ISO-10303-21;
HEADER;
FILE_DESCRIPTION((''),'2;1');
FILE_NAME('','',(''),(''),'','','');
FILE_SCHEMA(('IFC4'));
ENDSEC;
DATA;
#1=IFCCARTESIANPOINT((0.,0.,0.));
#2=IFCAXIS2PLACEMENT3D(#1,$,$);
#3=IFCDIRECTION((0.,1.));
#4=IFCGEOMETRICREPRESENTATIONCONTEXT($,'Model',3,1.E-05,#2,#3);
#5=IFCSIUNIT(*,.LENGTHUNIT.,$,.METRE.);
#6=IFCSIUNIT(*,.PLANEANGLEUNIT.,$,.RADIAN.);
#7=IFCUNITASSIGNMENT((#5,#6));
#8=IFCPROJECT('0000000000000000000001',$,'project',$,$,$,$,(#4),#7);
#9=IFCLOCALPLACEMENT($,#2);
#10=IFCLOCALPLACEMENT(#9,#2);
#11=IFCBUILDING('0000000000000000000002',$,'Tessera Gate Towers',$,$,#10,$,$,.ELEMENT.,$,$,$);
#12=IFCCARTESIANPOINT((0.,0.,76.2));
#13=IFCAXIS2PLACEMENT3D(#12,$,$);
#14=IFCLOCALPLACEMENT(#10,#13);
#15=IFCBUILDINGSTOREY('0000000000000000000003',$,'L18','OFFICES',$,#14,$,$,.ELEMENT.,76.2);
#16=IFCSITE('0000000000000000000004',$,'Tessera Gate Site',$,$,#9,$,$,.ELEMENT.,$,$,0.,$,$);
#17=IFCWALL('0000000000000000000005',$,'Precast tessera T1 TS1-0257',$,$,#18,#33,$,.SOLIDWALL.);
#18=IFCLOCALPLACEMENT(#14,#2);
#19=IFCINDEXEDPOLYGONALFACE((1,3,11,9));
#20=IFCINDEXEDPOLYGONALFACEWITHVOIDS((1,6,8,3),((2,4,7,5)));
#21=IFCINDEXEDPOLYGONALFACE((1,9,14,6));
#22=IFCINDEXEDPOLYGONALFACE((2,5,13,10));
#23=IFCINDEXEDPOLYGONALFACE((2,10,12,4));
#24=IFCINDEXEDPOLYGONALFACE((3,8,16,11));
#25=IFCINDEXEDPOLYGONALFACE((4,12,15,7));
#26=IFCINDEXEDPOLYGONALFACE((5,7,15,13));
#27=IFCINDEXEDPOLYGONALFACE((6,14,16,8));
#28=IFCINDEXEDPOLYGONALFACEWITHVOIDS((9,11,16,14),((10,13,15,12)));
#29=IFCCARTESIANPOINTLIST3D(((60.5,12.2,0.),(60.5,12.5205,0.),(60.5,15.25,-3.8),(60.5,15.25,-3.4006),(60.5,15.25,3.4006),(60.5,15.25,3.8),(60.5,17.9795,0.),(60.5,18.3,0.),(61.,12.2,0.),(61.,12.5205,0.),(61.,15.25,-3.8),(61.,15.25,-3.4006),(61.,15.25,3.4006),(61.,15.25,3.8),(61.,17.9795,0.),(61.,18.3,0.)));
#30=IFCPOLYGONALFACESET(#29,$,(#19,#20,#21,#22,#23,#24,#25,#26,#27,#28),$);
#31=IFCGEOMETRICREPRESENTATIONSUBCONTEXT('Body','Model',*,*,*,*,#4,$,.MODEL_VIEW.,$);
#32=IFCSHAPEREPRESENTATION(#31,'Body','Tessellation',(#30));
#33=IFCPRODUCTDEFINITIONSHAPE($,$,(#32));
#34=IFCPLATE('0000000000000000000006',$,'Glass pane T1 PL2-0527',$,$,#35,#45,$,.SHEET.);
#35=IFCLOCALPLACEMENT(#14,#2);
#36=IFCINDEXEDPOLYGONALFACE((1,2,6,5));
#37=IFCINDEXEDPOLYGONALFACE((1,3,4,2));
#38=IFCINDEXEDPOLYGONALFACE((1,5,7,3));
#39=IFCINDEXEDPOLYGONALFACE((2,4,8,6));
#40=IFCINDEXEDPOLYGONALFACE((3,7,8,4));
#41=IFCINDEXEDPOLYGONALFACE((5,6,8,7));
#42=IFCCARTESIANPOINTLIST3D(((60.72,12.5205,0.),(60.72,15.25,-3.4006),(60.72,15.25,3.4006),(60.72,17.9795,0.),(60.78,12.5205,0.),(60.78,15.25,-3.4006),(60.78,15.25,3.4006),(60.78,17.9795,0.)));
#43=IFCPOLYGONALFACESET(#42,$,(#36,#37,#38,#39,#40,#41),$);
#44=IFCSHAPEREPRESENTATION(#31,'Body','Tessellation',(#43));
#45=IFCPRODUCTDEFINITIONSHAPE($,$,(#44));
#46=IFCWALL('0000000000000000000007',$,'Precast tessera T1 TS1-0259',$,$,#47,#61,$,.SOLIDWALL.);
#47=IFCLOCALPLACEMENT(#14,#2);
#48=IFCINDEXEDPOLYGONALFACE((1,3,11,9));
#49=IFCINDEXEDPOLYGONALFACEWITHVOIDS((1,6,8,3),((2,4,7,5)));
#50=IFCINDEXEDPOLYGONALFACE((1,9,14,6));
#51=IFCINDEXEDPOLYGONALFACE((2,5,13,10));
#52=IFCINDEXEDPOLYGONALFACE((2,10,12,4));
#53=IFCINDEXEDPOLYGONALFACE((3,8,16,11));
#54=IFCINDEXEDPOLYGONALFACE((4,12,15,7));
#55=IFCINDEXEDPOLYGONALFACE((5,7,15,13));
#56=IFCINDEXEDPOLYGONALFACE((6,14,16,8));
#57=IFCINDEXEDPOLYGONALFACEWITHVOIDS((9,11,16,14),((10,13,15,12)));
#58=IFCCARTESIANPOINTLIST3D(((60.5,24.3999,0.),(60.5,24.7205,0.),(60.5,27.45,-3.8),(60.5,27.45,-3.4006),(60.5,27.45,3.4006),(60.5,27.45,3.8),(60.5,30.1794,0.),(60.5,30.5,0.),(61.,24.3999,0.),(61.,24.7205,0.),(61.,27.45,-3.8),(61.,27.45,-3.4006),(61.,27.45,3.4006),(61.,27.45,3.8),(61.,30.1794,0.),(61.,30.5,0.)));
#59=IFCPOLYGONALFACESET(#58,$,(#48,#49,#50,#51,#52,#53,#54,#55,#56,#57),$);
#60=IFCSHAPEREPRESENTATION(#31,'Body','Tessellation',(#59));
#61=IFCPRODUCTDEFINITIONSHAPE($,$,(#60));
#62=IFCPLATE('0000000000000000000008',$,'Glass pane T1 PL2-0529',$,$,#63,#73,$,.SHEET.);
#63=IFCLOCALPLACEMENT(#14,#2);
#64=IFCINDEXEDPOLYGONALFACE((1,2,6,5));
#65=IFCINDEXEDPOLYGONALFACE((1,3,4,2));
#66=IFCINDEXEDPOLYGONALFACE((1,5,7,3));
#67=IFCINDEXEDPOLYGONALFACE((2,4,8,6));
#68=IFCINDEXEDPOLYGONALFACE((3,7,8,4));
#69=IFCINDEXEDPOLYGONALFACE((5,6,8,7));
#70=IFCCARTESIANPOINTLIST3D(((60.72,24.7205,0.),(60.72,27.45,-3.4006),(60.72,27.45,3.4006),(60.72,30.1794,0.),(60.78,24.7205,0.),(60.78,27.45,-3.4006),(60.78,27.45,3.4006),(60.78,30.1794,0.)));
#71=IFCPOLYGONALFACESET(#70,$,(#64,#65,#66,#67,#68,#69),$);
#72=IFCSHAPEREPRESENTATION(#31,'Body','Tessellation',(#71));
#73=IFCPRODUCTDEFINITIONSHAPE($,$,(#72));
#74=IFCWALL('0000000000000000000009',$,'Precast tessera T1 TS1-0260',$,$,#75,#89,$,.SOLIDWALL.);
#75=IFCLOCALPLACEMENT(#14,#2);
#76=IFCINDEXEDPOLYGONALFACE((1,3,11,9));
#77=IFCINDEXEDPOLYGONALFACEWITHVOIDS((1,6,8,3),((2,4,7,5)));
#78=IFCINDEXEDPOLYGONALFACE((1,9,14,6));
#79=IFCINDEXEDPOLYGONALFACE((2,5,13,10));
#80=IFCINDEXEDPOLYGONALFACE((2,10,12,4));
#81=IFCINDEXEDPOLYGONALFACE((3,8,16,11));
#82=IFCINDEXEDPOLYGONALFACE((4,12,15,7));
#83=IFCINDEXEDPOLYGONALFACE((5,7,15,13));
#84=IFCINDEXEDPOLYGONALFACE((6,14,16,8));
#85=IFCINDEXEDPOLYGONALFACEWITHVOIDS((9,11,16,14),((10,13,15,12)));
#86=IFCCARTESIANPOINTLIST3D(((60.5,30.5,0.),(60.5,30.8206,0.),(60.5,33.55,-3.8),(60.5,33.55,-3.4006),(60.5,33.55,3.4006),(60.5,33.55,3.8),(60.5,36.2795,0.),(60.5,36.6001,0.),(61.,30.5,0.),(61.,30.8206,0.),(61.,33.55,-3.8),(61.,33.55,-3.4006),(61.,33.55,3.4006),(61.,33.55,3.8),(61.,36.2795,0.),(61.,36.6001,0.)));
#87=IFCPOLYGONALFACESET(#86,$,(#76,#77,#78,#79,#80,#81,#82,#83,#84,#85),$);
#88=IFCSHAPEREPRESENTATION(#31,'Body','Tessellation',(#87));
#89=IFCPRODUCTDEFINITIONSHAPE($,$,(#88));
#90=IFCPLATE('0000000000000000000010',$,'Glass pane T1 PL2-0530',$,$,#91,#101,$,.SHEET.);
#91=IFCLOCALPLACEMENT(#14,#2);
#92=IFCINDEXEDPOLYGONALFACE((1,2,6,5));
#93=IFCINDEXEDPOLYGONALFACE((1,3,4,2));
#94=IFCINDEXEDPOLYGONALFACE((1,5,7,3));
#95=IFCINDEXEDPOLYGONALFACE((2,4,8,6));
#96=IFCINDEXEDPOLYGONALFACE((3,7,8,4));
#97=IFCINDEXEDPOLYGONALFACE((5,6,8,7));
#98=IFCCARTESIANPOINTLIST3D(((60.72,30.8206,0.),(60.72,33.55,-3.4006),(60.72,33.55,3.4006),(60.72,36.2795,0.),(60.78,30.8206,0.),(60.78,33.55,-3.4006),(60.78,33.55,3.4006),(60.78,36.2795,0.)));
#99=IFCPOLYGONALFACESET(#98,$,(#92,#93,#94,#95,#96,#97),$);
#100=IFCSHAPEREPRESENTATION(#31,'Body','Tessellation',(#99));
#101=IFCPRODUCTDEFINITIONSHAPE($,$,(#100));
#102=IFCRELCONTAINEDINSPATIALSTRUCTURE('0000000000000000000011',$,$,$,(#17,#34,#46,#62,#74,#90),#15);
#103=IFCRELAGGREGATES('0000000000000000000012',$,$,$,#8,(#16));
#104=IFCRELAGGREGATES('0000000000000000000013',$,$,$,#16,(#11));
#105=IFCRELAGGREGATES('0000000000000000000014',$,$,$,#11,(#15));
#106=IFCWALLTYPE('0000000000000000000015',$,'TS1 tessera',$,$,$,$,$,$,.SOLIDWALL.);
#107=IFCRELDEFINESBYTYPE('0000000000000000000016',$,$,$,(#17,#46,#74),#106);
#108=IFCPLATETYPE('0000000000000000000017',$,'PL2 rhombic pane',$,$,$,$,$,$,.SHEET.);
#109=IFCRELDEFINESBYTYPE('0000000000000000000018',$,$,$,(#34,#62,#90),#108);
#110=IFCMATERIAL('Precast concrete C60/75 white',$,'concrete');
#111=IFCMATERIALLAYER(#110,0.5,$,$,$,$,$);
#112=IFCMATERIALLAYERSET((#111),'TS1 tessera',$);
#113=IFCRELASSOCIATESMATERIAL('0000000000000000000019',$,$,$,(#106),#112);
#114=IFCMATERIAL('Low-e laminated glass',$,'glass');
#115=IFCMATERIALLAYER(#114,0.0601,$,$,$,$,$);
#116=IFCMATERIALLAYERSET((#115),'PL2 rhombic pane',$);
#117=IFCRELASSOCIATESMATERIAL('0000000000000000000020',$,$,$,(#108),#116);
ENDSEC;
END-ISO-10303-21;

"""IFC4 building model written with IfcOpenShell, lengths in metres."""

from ifc_helpers import new_model, si_unit, direction, frame, origin, place, context, subcontext, project, spatial, polyline, outline, extrude, source, transform, mapped, material, layer, layer_set, type_object, element, fill, save


model = new_model("IFC4")

# Units and contexts
model_context = context("Model", 3, precision=1e-05, world=origin(), true_north=direction((0.0, 1.0)))
body_context = subcontext(model_context, "Body", "Model", "MODEL_VIEW")
ifc_project = project(units=[si_unit("LENGTHUNIT", "METRE"), si_unit("PLANEANGLEUNIT", "RADIAN")], contexts=[model_context])

# Site, building, storey
site_placement = place(None, origin())
site = spatial("IfcSite", under=ifc_project, at=site_placement, Name="Tessera Gate Site", CompositionType="ELEMENT", RefElevation=0.0)
building_placement = place(site_placement, origin())
building = spatial("IfcBuilding", under=site, at=building_placement, Name="Tessera Gate Towers", CompositionType="ELEMENT")
storey_placement = place(building_placement, frame((0.0, 0.0, 76.2)))
storey = spatial("IfcBuildingStorey", under=building, at=storey_placement, Name="L18", Description="OFFICES", CompositionType="ELEMENT", Elevation=76.2)

# Walls, openings, plates
ifc_material_1 = material(Name="Precast concrete C60/75 white", Category="concrete")
ifc_layer_1 = layer(ifc_material_1, 0.5)
ifc_layer_set_1 = layer_set([ifc_layer_1], Name="TS1 tessera")
wall_type_1 = type_object("IfcWallType", Name="TS1 tessera", PredefinedType="SOLIDWALL", material=ifc_layer_set_1)
shared_shape_1 = source(origin(), body_context, "Body", "SweptSolid", [
    extrude(outline(polyline([(3.05, 0.0), (6.1001, 3.8), (3.05, 7.6001), (0.0, 3.8), (3.05, 0.0)])), frame((0.0, 0.25, 0.0), z_axis=(0.0, -1.0, 0.0), x_axis=(1.0, 0.0, 0.0)), (0.0, 0.0, 1.0), 0.5),
])
wall_1_placement = place(storey_placement, frame((60.75, 12.2, -3.8), z_axis=(0.0, 0.0, 1.0), x_axis=(0.0, 1.0, 0.0)))
wall_1 = element("IfcWall", 1, at=wall_1_placement, inside=storey, type_object=wall_type_1, Name="Precast tessera T1 TS1-0257", PredefinedType="SOLIDWALL", context=body_context, shape_type="MappedRepresentation", body=[
    mapped(shared_shape_1, transform((0.0, 0.0, 0.0), scale=1.0)),
])
shared_shape_2 = source(origin(), body_context, "Body", "SweptSolid", [
    extrude(outline(polyline([(3.05, 0.3994), (5.7795, 3.8), (3.05, 7.2007), (0.3206, 3.8), (3.05, 0.3994)])), frame((0.0, 0.26, 0.0), z_axis=(0.0, -1.0, 0.0), x_axis=(1.0, 0.0, 0.0)), (0.0, 0.0, 1.0), 0.52),
])
opening_1_placement = place(wall_1_placement, origin())
opening_1 = element("IfcOpeningElement", 2, at=opening_1_placement, cuts=wall_1, PredefinedType="OPENING", context=body_context, shape_type="MappedRepresentation", body=[
    mapped(shared_shape_2, transform((0.0, 0.0, 0.0), scale=1.0)),
])
ifc_material_2 = material(Name="Low-e laminated glass", Category="glass")
ifc_layer_2 = layer(ifc_material_2, 0.0601)
ifc_layer_set_2 = layer_set([ifc_layer_2], Name="PL2 rhombic pane")
plate_type = type_object("IfcPlateType", Name="PL2 rhombic pane", PredefinedType="SHEET", material=ifc_layer_set_2)
shared_shape_3 = source(origin(), body_context, "Body", "SweptSolid", [
    extrude(outline(polyline([(3.05, 0.3994), (5.7795, 3.8), (3.05, 7.2007), (0.3206, 3.8), (3.05, 0.3994)])), frame((0.0, 0.03, 0.0), z_axis=(0.0, -1.0, 0.0), x_axis=(1.0, 0.0, 0.0)), (0.0, 0.0, 1.0), 0.0601),
])
plate_1_placement = place(opening_1_placement, origin())
plate_1 = element("IfcPlate", 3, at=plate_1_placement, inside=storey, type_object=plate_type, Name="Glass pane T1 PL2-0527", PredefinedType="SHEET", context=body_context, shape_type="MappedRepresentation", body=[
    mapped(shared_shape_3, transform((0.0, 0.0, 0.0), scale=1.0)),
])
fill(opening_1, plate_1)
wall_2_placement = place(storey_placement, frame((60.75, 24.3999, -3.8), z_axis=(0.0, 0.0, 1.0), x_axis=(0.0, 1.0, 0.0)))
wall_2 = element("IfcWall", 4, at=wall_2_placement, inside=storey, type_object=wall_type_1, Name="Precast tessera T1 TS1-0259", PredefinedType="SOLIDWALL", context=body_context, shape_type="MappedRepresentation", body=[
    mapped(shared_shape_1, transform((0.0, 0.0, 0.0), scale=1.0)),
])
opening_2_placement = place(wall_2_placement, origin())
opening_2 = element("IfcOpeningElement", 5, at=opening_2_placement, cuts=wall_2, PredefinedType="OPENING", context=body_context, shape_type="MappedRepresentation", body=[
    mapped(shared_shape_2, transform((0.0, 0.0, 0.0), scale=1.0)),
])
plate_2_placement = place(opening_2_placement, origin())
plate_2 = element("IfcPlate", 6, at=plate_2_placement, inside=storey, type_object=plate_type, Name="Glass pane T1 PL2-0529", PredefinedType="SHEET", context=body_context, shape_type="MappedRepresentation", body=[
    mapped(shared_shape_3, transform((0.0, 0.0, 0.0), scale=1.0)),
])
fill(opening_2, plate_2)
wall_3_placement = place(storey_placement, frame((60.75, 30.5, -3.8), z_axis=(0.0, 0.0, 1.0), x_axis=(0.0, 1.0, 0.0)))
wall_3 = element("IfcWall", 7, at=wall_3_placement, inside=storey, type_object=wall_type_1, Name="Precast tessera T1 TS1-0260", PredefinedType="SOLIDWALL", context=body_context, shape_type="MappedRepresentation", body=[
    mapped(shared_shape_1, transform((0.0, 0.0, 0.0), scale=1.0)),
])
opening_3_placement = place(wall_3_placement, origin())
opening_3 = element("IfcOpeningElement", 8, at=opening_3_placement, cuts=wall_3, PredefinedType="OPENING", context=body_context, shape_type="MappedRepresentation", body=[
    mapped(shared_shape_2, transform((0.0, 0.0, 0.0), scale=1.0)),
])
plate_3_placement = place(opening_3_placement, origin())
plate_3 = element("IfcPlate", 9, at=plate_3_placement, inside=storey, type_object=plate_type, Name="Glass pane T1 PL2-0530", PredefinedType="SHEET", context=body_context, shape_type="MappedRepresentation", body=[
    mapped(shared_shape_3, transform((0.0, 0.0, 0.0), scale=1.0)),
])
fill(opening_3, plate_3)

save(model, "model.ifc")
